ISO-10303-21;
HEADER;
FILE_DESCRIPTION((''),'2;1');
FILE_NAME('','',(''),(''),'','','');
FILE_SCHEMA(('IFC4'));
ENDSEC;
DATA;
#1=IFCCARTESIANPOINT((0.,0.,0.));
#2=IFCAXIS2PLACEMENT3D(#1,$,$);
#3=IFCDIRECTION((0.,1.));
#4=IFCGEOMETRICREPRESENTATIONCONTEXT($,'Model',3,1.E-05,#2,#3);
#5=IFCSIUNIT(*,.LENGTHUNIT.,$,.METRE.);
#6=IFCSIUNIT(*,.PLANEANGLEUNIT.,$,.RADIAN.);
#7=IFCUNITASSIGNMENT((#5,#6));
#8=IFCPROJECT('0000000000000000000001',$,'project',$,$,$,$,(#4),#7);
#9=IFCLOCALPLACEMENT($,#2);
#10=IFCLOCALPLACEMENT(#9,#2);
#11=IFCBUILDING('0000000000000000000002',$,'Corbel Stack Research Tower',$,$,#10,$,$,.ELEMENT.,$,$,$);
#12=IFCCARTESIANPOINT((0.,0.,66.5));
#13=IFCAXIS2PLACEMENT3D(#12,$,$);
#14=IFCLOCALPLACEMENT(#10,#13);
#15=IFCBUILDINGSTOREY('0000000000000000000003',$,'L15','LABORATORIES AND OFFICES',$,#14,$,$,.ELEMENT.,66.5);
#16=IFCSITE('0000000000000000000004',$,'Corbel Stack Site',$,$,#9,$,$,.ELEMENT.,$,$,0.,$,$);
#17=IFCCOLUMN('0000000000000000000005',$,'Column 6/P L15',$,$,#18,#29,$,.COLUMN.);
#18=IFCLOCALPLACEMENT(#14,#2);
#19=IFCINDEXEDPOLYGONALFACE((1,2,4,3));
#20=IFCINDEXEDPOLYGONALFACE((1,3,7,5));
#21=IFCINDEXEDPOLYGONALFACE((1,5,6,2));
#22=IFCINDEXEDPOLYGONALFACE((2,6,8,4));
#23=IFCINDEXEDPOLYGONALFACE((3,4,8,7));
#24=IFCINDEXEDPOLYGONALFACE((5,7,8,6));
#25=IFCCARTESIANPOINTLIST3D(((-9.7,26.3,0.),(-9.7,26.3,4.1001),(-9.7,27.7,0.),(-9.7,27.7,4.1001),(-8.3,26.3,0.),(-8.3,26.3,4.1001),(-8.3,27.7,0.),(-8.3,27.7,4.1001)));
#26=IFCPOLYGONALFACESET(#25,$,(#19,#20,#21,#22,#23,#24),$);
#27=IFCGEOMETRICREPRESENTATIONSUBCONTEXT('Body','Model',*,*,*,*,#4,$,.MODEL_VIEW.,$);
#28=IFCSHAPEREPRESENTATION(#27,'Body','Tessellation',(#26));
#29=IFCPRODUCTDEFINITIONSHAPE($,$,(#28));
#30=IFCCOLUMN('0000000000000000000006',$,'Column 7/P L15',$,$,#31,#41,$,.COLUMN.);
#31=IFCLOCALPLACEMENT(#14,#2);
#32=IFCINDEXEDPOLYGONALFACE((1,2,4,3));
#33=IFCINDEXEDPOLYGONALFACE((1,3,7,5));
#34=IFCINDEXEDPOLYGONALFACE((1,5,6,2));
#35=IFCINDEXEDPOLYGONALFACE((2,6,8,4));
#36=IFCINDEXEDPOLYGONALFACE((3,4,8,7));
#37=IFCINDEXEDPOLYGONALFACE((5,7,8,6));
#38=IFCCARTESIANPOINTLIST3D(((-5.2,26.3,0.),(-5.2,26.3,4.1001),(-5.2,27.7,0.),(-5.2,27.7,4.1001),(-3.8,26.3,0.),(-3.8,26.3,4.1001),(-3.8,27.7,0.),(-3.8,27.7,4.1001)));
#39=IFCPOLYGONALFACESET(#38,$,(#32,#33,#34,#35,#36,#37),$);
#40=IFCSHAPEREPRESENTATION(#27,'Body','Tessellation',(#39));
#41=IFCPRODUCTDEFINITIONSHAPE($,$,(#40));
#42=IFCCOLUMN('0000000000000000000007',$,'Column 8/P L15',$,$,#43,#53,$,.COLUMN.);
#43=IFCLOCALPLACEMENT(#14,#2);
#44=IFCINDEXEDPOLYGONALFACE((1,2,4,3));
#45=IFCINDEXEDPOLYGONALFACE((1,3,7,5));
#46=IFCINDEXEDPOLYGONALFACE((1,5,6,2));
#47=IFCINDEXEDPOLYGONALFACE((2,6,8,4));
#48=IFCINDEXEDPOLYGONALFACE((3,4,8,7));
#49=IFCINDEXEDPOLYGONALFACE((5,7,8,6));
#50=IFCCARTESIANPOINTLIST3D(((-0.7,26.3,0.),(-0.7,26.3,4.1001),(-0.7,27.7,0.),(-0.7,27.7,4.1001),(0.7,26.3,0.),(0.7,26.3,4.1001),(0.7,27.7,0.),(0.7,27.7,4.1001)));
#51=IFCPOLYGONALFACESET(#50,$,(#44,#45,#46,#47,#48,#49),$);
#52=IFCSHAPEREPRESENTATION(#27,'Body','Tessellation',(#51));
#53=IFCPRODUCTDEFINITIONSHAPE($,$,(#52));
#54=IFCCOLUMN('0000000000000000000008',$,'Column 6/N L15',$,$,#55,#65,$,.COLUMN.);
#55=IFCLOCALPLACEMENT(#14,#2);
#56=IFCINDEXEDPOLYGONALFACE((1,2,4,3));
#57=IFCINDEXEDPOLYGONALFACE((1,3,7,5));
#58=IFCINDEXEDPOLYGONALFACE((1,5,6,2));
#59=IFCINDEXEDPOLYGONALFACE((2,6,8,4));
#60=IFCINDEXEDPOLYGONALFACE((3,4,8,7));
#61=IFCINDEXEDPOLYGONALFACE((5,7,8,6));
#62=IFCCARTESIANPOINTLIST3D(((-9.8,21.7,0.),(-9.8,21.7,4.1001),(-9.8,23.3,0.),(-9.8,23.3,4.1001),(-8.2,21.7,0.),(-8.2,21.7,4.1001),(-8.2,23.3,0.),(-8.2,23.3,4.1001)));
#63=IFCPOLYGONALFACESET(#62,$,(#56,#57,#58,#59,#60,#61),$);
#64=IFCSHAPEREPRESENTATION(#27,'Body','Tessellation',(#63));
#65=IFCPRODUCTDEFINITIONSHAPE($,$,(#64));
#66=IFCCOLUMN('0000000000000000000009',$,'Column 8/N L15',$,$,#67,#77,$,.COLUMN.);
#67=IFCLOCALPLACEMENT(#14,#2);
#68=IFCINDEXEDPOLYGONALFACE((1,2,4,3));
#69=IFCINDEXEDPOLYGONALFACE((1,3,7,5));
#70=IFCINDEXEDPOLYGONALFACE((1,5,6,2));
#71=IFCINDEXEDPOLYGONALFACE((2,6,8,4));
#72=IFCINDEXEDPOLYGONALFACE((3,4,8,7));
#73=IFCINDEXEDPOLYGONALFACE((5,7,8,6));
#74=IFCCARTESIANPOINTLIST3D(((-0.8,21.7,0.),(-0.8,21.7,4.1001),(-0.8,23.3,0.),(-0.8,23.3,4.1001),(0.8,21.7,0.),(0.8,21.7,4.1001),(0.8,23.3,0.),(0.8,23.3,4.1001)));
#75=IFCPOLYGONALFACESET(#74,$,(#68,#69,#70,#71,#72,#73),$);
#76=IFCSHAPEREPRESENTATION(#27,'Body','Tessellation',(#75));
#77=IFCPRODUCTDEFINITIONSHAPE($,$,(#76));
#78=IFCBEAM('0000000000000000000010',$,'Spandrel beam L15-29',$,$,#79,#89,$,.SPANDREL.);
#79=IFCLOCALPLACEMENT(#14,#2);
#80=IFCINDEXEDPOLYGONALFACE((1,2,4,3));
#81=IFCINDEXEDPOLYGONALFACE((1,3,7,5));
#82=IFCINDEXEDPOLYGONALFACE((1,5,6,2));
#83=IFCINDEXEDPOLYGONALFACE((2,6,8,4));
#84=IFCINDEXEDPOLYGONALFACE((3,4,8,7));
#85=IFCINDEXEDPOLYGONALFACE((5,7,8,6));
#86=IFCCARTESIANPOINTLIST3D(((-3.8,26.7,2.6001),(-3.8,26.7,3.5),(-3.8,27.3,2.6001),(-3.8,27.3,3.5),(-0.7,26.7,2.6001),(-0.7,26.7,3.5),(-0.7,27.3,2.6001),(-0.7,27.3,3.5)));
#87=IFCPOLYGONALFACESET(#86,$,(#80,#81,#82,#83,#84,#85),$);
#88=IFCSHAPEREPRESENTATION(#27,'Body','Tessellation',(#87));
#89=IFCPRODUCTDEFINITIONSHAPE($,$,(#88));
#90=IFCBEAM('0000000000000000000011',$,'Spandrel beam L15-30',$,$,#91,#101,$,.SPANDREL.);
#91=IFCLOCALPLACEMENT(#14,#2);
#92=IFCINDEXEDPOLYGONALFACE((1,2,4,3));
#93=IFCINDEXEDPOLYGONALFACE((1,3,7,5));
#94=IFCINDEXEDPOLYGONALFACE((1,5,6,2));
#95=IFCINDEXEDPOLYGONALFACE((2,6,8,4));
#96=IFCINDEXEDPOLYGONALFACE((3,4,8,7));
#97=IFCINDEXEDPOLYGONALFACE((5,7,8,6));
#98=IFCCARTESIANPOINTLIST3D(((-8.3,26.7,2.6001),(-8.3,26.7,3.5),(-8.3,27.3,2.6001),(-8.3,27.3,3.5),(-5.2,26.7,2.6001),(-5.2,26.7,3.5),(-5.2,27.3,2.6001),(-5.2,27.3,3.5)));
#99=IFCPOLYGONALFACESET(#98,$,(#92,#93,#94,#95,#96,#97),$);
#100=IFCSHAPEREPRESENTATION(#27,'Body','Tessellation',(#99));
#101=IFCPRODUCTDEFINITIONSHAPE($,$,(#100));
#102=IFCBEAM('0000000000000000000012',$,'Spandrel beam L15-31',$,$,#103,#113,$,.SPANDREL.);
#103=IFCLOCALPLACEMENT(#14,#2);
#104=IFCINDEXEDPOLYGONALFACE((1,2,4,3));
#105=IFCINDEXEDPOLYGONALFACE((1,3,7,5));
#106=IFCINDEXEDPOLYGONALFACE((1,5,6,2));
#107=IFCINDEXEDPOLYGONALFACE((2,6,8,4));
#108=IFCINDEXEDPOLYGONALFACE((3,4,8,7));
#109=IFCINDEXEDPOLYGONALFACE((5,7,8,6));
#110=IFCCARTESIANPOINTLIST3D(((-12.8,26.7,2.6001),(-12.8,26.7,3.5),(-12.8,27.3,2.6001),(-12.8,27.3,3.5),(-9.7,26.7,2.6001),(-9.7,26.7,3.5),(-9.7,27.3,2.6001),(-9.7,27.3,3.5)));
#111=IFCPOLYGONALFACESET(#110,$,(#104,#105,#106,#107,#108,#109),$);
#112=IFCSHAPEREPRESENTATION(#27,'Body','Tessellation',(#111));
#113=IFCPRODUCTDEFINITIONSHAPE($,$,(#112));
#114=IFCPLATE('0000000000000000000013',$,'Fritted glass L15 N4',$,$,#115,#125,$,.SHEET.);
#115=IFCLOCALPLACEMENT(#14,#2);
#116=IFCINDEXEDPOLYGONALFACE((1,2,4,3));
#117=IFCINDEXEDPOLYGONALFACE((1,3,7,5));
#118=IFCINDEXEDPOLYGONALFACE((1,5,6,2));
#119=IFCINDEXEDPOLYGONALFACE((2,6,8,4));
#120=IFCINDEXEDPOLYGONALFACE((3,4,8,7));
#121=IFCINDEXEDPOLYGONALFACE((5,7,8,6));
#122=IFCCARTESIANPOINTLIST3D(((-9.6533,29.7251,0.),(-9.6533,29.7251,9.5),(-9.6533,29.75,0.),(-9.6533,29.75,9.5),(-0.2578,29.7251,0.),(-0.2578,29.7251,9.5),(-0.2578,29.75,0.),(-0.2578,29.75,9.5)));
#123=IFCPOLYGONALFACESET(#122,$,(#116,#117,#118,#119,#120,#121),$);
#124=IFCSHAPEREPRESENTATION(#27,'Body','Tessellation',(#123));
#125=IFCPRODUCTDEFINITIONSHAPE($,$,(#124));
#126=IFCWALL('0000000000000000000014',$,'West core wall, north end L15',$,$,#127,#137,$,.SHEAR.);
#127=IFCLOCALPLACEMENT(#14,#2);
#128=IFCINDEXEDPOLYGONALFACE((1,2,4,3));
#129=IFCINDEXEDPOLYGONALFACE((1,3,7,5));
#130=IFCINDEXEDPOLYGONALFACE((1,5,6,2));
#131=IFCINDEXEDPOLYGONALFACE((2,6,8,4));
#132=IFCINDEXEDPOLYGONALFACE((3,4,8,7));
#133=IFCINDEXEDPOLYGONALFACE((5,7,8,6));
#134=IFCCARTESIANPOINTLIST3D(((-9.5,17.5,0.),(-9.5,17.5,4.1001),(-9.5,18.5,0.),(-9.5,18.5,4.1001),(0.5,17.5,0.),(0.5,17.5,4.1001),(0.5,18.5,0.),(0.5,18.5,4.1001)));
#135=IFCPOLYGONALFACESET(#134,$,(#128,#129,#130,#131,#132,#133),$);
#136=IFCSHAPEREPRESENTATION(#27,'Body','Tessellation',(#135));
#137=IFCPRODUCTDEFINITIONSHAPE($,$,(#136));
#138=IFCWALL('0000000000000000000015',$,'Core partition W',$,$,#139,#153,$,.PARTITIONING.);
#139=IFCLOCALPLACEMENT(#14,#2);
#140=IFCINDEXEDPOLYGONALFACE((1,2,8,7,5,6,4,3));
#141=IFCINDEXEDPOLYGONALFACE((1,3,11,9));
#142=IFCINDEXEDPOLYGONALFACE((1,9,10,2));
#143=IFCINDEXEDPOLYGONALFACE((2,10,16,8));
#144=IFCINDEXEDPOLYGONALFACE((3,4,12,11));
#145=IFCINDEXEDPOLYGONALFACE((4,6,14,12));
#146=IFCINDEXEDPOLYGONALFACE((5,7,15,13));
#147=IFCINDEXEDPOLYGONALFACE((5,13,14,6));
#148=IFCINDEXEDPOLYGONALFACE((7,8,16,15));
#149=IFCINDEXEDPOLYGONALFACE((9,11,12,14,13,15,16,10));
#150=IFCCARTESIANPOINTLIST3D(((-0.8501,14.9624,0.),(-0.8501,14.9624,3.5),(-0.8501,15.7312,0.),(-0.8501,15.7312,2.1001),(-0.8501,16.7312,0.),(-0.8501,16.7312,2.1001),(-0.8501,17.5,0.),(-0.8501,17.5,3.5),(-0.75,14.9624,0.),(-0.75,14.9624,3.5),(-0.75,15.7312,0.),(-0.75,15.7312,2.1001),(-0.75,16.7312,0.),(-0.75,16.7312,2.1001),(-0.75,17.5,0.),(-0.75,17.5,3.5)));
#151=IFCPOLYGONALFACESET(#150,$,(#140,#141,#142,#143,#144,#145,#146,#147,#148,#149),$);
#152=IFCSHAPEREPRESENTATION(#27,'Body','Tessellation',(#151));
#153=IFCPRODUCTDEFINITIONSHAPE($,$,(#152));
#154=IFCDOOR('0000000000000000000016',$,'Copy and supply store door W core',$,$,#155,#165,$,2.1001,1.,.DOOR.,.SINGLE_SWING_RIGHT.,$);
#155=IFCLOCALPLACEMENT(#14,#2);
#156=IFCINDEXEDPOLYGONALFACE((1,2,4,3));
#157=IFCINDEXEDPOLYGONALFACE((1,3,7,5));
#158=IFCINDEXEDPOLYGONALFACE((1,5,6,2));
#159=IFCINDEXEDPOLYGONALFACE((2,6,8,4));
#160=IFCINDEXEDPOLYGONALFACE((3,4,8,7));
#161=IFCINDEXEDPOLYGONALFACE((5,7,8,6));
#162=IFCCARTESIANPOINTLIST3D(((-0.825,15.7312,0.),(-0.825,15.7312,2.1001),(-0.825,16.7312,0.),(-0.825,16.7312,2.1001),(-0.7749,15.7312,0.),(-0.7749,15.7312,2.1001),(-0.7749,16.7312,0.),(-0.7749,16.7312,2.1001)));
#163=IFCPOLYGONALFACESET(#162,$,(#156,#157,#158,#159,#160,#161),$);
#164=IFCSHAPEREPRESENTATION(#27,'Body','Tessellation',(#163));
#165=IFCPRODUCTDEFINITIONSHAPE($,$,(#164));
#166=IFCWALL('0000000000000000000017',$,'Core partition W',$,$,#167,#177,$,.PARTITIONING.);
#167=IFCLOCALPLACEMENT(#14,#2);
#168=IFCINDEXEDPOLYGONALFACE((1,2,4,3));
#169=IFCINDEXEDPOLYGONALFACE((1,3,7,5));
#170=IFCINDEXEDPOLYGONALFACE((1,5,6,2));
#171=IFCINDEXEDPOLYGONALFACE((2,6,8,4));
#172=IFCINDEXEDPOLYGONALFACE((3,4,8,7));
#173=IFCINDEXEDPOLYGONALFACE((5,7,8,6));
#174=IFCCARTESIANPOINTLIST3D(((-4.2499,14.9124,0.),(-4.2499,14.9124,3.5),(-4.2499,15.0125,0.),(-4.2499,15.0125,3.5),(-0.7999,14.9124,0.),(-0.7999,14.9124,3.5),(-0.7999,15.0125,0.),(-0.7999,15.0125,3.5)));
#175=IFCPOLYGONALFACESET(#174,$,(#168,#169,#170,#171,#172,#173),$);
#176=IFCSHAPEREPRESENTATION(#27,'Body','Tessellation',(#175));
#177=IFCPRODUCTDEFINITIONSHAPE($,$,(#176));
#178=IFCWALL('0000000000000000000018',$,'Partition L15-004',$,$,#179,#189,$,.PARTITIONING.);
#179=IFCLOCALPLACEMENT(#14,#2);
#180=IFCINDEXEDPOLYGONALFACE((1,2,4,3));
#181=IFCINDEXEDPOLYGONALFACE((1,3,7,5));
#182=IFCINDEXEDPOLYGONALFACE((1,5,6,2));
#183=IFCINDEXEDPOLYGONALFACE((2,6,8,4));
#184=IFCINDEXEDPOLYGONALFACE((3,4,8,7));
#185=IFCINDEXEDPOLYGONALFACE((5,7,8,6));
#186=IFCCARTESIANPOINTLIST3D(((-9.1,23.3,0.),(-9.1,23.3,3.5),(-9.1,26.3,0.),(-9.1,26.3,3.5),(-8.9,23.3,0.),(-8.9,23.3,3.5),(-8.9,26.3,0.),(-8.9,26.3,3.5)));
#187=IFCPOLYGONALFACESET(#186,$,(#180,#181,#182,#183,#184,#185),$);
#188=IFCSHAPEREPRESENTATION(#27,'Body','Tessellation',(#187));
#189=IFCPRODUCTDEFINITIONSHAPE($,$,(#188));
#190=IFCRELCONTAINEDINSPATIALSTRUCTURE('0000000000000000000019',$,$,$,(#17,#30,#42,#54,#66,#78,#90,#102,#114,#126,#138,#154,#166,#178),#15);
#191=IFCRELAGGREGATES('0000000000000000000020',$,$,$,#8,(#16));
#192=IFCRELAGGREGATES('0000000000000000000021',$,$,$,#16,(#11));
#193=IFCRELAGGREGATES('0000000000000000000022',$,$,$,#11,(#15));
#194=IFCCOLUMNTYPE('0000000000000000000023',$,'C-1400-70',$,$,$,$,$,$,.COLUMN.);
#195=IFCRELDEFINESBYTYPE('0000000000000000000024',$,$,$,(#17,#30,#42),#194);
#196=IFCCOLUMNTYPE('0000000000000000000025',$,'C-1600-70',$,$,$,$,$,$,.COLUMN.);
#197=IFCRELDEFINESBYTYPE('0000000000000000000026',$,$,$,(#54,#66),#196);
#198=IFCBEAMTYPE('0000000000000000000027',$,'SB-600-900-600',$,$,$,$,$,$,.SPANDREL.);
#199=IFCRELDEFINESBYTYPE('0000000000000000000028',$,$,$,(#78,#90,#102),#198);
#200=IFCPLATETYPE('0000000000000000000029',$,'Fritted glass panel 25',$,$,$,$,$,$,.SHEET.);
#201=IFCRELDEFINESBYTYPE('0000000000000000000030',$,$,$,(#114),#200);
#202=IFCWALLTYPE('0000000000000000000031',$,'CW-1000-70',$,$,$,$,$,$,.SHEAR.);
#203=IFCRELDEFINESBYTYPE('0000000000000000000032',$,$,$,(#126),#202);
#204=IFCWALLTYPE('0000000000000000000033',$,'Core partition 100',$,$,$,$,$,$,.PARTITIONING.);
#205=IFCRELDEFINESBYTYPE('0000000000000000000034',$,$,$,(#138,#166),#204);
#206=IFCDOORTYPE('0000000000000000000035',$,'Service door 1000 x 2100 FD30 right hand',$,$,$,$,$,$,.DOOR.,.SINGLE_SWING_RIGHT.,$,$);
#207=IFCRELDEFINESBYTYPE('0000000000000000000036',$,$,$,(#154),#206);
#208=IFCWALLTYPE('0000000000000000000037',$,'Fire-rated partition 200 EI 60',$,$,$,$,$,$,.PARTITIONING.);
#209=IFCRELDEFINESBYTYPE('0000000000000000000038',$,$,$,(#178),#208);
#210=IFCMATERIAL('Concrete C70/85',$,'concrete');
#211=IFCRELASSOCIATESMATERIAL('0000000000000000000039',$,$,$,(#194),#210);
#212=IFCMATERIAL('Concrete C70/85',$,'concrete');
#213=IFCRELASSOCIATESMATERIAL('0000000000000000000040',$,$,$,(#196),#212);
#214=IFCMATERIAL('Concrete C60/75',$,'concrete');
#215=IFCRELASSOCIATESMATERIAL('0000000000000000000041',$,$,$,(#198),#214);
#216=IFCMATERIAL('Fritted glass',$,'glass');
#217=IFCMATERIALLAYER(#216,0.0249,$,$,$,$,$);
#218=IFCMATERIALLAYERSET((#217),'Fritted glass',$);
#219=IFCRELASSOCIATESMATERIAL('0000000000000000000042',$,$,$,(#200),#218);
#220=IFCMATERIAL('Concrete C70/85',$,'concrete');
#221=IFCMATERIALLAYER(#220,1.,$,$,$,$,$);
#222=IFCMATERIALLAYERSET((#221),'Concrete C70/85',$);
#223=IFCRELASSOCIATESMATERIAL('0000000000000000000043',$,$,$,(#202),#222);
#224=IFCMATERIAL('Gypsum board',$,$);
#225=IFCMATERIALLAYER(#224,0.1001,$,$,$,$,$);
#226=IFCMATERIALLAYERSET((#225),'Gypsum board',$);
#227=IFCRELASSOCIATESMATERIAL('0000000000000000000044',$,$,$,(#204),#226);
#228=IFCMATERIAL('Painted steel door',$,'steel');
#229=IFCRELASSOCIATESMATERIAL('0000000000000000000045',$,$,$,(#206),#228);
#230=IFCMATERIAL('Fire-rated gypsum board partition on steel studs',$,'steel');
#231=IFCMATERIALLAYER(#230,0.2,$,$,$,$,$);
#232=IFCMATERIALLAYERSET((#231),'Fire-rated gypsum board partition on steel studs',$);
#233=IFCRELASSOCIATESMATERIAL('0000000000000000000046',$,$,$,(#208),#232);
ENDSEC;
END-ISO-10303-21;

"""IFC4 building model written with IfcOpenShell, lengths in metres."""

from ifc_helpers import new_model, si_unit, direction, frame, frame_2d, origin, origin_2d, place, context, subcontext, project, spatial, rectangle, extrude, material, layer, layer_set, material_profile, profile_set, type_object, element, fill, save


model = new_model("IFC4")

# Units and contexts
model_context = context("Model", 3, precision=1e-05, world=origin(), true_north=direction((0.0, 1.0)))
body_context = subcontext(model_context, "Body", "Model", "MODEL_VIEW")
ifc_project = project(units=[si_unit("LENGTHUNIT", "METRE"), si_unit("PLANEANGLEUNIT", "RADIAN")], contexts=[model_context])

# Site, building, storey
site_placement = place(None, origin())
site = spatial("IfcSite", under=ifc_project, at=site_placement, Name="Corbel Stack Site", CompositionType="ELEMENT", RefElevation=0.0)
building_placement = place(site_placement, origin())
building = spatial("IfcBuilding", under=site, at=building_placement, Name="Corbel Stack Research Tower", CompositionType="ELEMENT")
storey_placement = place(building_placement, frame((0.0, 0.0, 66.5)))
storey = spatial("IfcBuildingStorey", under=building, at=storey_placement, Name="L15", Description="LABORATORIES AND OFFICES", CompositionType="ELEMENT", Elevation=66.5)

# Columns
ifc_material_1 = material(Name="Concrete C70/85", Category="concrete")
ifc_material_profile_1 = material_profile(ifc_material_1, rectangle(XDim=1.3999, YDim=1.3999, at=origin_2d()), Name="RC 1400 x 1400")
ifc_profile_set_1 = profile_set([ifc_material_profile_1], Name="Concrete C70/85")
column_type_1 = type_object("IfcColumnType", Name="C-1400-70", PredefinedType="COLUMN", material=ifc_profile_set_1)
for number, where, z_axis, x_axis, name in (
    (1, (-9.0, 27.0, 0.0), (0.0, 0.0, 1.0), (1.0, 0.0, 0.0), "Column 6/P L15"),
    (2, (-4.5, 27.0, 0.0), (0.0, 0.0, 1.0), (1.0, 0.0, 0.0), "Column 7/P L15"),
    (3, (0.0, 27.0, 0.0), (0.0, 0.0, 1.0), (1.0, 0.0, 0.0), "Column 8/P L15"),
):
    element("IfcColumn", number, at=place(storey_placement, frame(where, z_axis=z_axis, x_axis=x_axis)), inside=storey, type_object=column_type_1, Name=name, PredefinedType="COLUMN", context=body_context, shape_type="SweptSolid", body=[
        extrude(rectangle(XDim=1.3999, YDim=1.3999, at=origin_2d()), origin(), (0.0, 0.0, 1.0), 4.1001),
    ])
ifc_material_2 = material(Name="Concrete C70/85", Category="concrete")
ifc_material_profile_2 = material_profile(ifc_material_2, rectangle(XDim=1.6001, YDim=1.6001, at=origin_2d()), Name="RC 1600 x 1600")
ifc_profile_set_2 = profile_set([ifc_material_profile_2], Name="Concrete C70/85")
column_type_2 = type_object("IfcColumnType", Name="C-1600-70", PredefinedType="COLUMN", material=ifc_profile_set_2)
for number, where, z_axis, x_axis, name in (
    (4, (-9.0, 22.5, 0.0), (0.0, 0.0, 1.0), (1.0, 0.0, 0.0), "Column 6/N L15"),
    (5, (0.0, 22.5, 0.0), (0.0, 0.0, 1.0), (1.0, 0.0, 0.0), "Column 8/N L15"),
):
    element("IfcColumn", number, at=place(storey_placement, frame(where, z_axis=z_axis, x_axis=x_axis)), inside=storey, type_object=column_type_2, Name=name, PredefinedType="COLUMN", context=body_context, shape_type="SweptSolid", body=[
        extrude(rectangle(XDim=1.6001, YDim=1.6001, at=origin_2d()), origin(), (0.0, 0.0, 1.0), 4.1001),
    ])

# Beams
ifc_material_3 = material(Name="Concrete C60/75", Category="concrete")
ifc_material_profile_3 = material_profile(ifc_material_3, rectangle(XDim=0.6001, YDim=0.8999, at=origin_2d()), Name="RC 600 x 900")
ifc_profile_set_3 = profile_set([ifc_material_profile_3], Name="Concrete C60/75")
beam_type = type_object("IfcBeamType", Name="SB-600-900-600", PredefinedType="SPANDREL", material=ifc_profile_set_3)
for number, where, z_axis, x_axis, name in (
    (6, (-0.7, 27.0, 3.05), (-1.0, 0.0, 0.0), (0.0, -1.0, 0.0), "Spandrel beam L15-29"),
    (7, (-5.2, 27.0, 3.05), (-1.0, 0.0, 0.0), (0.0, -1.0, 0.0), "Spandrel beam L15-30"),
    (8, (-9.7, 27.0, 3.05), (-1.0, 0.0, 0.0), (0.0, -1.0, 0.0), "Spandrel beam L15-31"),
):
    element("IfcBeam", number, at=place(storey_placement, frame(where, z_axis=z_axis, x_axis=x_axis)), inside=storey, type_object=beam_type, Name=name, PredefinedType="SPANDREL", context=body_context, shape_type="SweptSolid", body=[
        extrude(rectangle(XDim=0.6001, YDim=0.8999, at=origin_2d()), origin(), (0.0, 0.0, 1.0), 3.1001),
    ])

# Plate
ifc_material_4 = material(Name="Fritted glass", Category="glass")
ifc_layer_1 = layer(ifc_material_4, 0.0249)
ifc_layer_set_1 = layer_set([ifc_layer_1], Name="Fritted glass")
plate_type = type_object("IfcPlateType", Name="Fritted glass panel 25", PredefinedType="SHEET", material=ifc_layer_set_1)
plate_placement = place(storey_placement, frame((-4.9556, 29.7375, 0.0), z_axis=(0.0, 0.0, 1.0), x_axis=(-1.0, 0.0, 0.0)))
element("IfcPlate", 9, at=plate_placement, inside=storey, type_object=plate_type, Name="Fritted glass L15 N4", PredefinedType="SHEET", context=body_context, shape_type="SweptSolid", body=[
    extrude(rectangle(XDim=9.3955, YDim=0.0249, at=origin_2d()), origin(), (0.0, 0.0, 1.0), 9.5),
])

# Wall
ifc_material_5 = material(Name="Concrete C70/85", Category="concrete")
ifc_layer_2 = layer(ifc_material_5, 1.0)
ifc_layer_set_2 = layer_set([ifc_layer_2], Name="Concrete C70/85")
wall_type_1 = type_object("IfcWallType", Name="CW-1000-70", PredefinedType="SHEAR", material=ifc_layer_set_2)
wall_1_placement = place(storey_placement, frame((-9.5, 18.0, 0.0), z_axis=(0.0, 0.0, 1.0), x_axis=(1.0, 0.0, 0.0)))
element("IfcWall", 10, at=wall_1_placement, inside=storey, type_object=wall_type_1, Name="West core wall, north end L15", PredefinedType="SHEAR", context=body_context, shape_type="SweptSolid", body=[
    extrude(rectangle(XDim=10.0, YDim=1.0, at=frame_2d((5.0, 0.0))), origin(), (0.0, 0.0, 1.0), 4.1001),
])

# Wall, opening, door
ifc_material_6 = material(Name="Gypsum board")
ifc_layer_3 = layer(ifc_material_6, 0.1001)
ifc_layer_set_3 = layer_set([ifc_layer_3], Name="Gypsum board")
wall_type_2 = type_object("IfcWallType", Name="Core partition 100", PredefinedType="PARTITIONING", material=ifc_layer_set_3)
wall_2_placement = place(storey_placement, frame((-0.8, 14.9624, 0.0), z_axis=(0.0, 0.0, 1.0), x_axis=(0.0, 1.0, 0.0)))
wall_2 = element("IfcWall", 11, at=wall_2_placement, inside=storey, type_object=wall_type_2, Name="Core partition W", PredefinedType="PARTITIONING", context=body_context, shape_type="SweptSolid", body=[
    extrude(rectangle(XDim=2.5376, YDim=0.1001, at=frame_2d((1.2688, 0.0))), origin(), (0.0, 0.0, 1.0), 3.5),
])
opening_1_placement = place(wall_2_placement, frame((0.7688, 0.0, 0.0)))
opening_1 = element("IfcOpeningElement", 12, at=opening_1_placement, cuts=wall_2, PredefinedType="OPENING", context=body_context, shape_type="SweptSolid", body=[
    extrude(rectangle(XDim=1.0, YDim=2.1001, at=frame_2d((0.5, 1.05))), frame((0.0, 0.0601, 0.0), z_axis=(0.0, -1.0, 0.0), x_axis=(1.0, 0.0, 0.0)), (0.0, 0.0, 1.0), 0.1201),
])
ifc_material_7 = material(Name="Painted steel door", Category="steel")
door_type_1 = type_object("IfcDoorType", Name="Service door 1000 x 2100 FD30 right hand", OperationType="SINGLE_SWING_RIGHT", PredefinedType="DOOR", material=ifc_material_7)
door_1_placement = place(opening_1_placement, origin())
door_1 = element("IfcDoor", 13, at=door_1_placement, inside=storey, type_object=door_type_1, Name="Copy and supply store door W core", OperationType="SINGLE_SWING_RIGHT", OverallHeight=2.1001, OverallWidth=1.0, PredefinedType="DOOR", context=body_context, shape_type="SweptSolid", body=[
    extrude(rectangle(XDim=1.0, YDim=2.1001, at=frame_2d((0.5, 1.05))), frame((0.0, 0.0249, 0.0), z_axis=(0.0, -1.0, 0.0), x_axis=(1.0, 0.0, 0.0)), (0.0, 0.0, 1.0), 0.05),
])
fill(opening_1, door_1)

# Walls
wall_3_placement = place(storey_placement, frame((-4.25, 14.9624, 0.0), z_axis=(0.0, 0.0, 1.0), x_axis=(1.0, 0.0, 0.0)))
element("IfcWall", 14, at=wall_3_placement, inside=storey, type_object=wall_type_2, Name="Core partition W", PredefinedType="PARTITIONING", context=body_context, shape_type="SweptSolid", body=[
    extrude(rectangle(XDim=3.45, YDim=0.1001, at=frame_2d((1.7251, 0.0))), origin(), (0.0, 0.0, 1.0), 3.5),
])
ifc_material_8 = material(Name="Fire-rated gypsum board partition on steel studs", Category="steel")
ifc_layer_4 = layer(ifc_material_8, 0.2)
ifc_layer_set_4 = layer_set([ifc_layer_4], Name="Fire-rated gypsum board partition on steel studs")
wall_type_3 = type_object("IfcWallType", Name="Fire-rated partition 200 EI 60", PredefinedType="PARTITIONING", material=ifc_layer_set_4)
for number, where, z_axis, x_axis, name in (
    (15, (-9.0, 23.3, 0.0), (0.0, 0.0, 1.0), (0.0, 1.0, 0.0), "Partition L15-004"),
):
    element("IfcWall", number, at=place(storey_placement, frame(where, z_axis=z_axis, x_axis=x_axis)), inside=storey, type_object=wall_type_3, Name=name, PredefinedType="PARTITIONING", context=body_context, shape_type="SweptSolid", body=[
        extrude(rectangle(XDim=3.0, YDim=0.2, at=frame_2d((1.5, 0.0))), origin(), (0.0, 0.0, 1.0), 3.5),
    ])

save(model, "model.ifc")
